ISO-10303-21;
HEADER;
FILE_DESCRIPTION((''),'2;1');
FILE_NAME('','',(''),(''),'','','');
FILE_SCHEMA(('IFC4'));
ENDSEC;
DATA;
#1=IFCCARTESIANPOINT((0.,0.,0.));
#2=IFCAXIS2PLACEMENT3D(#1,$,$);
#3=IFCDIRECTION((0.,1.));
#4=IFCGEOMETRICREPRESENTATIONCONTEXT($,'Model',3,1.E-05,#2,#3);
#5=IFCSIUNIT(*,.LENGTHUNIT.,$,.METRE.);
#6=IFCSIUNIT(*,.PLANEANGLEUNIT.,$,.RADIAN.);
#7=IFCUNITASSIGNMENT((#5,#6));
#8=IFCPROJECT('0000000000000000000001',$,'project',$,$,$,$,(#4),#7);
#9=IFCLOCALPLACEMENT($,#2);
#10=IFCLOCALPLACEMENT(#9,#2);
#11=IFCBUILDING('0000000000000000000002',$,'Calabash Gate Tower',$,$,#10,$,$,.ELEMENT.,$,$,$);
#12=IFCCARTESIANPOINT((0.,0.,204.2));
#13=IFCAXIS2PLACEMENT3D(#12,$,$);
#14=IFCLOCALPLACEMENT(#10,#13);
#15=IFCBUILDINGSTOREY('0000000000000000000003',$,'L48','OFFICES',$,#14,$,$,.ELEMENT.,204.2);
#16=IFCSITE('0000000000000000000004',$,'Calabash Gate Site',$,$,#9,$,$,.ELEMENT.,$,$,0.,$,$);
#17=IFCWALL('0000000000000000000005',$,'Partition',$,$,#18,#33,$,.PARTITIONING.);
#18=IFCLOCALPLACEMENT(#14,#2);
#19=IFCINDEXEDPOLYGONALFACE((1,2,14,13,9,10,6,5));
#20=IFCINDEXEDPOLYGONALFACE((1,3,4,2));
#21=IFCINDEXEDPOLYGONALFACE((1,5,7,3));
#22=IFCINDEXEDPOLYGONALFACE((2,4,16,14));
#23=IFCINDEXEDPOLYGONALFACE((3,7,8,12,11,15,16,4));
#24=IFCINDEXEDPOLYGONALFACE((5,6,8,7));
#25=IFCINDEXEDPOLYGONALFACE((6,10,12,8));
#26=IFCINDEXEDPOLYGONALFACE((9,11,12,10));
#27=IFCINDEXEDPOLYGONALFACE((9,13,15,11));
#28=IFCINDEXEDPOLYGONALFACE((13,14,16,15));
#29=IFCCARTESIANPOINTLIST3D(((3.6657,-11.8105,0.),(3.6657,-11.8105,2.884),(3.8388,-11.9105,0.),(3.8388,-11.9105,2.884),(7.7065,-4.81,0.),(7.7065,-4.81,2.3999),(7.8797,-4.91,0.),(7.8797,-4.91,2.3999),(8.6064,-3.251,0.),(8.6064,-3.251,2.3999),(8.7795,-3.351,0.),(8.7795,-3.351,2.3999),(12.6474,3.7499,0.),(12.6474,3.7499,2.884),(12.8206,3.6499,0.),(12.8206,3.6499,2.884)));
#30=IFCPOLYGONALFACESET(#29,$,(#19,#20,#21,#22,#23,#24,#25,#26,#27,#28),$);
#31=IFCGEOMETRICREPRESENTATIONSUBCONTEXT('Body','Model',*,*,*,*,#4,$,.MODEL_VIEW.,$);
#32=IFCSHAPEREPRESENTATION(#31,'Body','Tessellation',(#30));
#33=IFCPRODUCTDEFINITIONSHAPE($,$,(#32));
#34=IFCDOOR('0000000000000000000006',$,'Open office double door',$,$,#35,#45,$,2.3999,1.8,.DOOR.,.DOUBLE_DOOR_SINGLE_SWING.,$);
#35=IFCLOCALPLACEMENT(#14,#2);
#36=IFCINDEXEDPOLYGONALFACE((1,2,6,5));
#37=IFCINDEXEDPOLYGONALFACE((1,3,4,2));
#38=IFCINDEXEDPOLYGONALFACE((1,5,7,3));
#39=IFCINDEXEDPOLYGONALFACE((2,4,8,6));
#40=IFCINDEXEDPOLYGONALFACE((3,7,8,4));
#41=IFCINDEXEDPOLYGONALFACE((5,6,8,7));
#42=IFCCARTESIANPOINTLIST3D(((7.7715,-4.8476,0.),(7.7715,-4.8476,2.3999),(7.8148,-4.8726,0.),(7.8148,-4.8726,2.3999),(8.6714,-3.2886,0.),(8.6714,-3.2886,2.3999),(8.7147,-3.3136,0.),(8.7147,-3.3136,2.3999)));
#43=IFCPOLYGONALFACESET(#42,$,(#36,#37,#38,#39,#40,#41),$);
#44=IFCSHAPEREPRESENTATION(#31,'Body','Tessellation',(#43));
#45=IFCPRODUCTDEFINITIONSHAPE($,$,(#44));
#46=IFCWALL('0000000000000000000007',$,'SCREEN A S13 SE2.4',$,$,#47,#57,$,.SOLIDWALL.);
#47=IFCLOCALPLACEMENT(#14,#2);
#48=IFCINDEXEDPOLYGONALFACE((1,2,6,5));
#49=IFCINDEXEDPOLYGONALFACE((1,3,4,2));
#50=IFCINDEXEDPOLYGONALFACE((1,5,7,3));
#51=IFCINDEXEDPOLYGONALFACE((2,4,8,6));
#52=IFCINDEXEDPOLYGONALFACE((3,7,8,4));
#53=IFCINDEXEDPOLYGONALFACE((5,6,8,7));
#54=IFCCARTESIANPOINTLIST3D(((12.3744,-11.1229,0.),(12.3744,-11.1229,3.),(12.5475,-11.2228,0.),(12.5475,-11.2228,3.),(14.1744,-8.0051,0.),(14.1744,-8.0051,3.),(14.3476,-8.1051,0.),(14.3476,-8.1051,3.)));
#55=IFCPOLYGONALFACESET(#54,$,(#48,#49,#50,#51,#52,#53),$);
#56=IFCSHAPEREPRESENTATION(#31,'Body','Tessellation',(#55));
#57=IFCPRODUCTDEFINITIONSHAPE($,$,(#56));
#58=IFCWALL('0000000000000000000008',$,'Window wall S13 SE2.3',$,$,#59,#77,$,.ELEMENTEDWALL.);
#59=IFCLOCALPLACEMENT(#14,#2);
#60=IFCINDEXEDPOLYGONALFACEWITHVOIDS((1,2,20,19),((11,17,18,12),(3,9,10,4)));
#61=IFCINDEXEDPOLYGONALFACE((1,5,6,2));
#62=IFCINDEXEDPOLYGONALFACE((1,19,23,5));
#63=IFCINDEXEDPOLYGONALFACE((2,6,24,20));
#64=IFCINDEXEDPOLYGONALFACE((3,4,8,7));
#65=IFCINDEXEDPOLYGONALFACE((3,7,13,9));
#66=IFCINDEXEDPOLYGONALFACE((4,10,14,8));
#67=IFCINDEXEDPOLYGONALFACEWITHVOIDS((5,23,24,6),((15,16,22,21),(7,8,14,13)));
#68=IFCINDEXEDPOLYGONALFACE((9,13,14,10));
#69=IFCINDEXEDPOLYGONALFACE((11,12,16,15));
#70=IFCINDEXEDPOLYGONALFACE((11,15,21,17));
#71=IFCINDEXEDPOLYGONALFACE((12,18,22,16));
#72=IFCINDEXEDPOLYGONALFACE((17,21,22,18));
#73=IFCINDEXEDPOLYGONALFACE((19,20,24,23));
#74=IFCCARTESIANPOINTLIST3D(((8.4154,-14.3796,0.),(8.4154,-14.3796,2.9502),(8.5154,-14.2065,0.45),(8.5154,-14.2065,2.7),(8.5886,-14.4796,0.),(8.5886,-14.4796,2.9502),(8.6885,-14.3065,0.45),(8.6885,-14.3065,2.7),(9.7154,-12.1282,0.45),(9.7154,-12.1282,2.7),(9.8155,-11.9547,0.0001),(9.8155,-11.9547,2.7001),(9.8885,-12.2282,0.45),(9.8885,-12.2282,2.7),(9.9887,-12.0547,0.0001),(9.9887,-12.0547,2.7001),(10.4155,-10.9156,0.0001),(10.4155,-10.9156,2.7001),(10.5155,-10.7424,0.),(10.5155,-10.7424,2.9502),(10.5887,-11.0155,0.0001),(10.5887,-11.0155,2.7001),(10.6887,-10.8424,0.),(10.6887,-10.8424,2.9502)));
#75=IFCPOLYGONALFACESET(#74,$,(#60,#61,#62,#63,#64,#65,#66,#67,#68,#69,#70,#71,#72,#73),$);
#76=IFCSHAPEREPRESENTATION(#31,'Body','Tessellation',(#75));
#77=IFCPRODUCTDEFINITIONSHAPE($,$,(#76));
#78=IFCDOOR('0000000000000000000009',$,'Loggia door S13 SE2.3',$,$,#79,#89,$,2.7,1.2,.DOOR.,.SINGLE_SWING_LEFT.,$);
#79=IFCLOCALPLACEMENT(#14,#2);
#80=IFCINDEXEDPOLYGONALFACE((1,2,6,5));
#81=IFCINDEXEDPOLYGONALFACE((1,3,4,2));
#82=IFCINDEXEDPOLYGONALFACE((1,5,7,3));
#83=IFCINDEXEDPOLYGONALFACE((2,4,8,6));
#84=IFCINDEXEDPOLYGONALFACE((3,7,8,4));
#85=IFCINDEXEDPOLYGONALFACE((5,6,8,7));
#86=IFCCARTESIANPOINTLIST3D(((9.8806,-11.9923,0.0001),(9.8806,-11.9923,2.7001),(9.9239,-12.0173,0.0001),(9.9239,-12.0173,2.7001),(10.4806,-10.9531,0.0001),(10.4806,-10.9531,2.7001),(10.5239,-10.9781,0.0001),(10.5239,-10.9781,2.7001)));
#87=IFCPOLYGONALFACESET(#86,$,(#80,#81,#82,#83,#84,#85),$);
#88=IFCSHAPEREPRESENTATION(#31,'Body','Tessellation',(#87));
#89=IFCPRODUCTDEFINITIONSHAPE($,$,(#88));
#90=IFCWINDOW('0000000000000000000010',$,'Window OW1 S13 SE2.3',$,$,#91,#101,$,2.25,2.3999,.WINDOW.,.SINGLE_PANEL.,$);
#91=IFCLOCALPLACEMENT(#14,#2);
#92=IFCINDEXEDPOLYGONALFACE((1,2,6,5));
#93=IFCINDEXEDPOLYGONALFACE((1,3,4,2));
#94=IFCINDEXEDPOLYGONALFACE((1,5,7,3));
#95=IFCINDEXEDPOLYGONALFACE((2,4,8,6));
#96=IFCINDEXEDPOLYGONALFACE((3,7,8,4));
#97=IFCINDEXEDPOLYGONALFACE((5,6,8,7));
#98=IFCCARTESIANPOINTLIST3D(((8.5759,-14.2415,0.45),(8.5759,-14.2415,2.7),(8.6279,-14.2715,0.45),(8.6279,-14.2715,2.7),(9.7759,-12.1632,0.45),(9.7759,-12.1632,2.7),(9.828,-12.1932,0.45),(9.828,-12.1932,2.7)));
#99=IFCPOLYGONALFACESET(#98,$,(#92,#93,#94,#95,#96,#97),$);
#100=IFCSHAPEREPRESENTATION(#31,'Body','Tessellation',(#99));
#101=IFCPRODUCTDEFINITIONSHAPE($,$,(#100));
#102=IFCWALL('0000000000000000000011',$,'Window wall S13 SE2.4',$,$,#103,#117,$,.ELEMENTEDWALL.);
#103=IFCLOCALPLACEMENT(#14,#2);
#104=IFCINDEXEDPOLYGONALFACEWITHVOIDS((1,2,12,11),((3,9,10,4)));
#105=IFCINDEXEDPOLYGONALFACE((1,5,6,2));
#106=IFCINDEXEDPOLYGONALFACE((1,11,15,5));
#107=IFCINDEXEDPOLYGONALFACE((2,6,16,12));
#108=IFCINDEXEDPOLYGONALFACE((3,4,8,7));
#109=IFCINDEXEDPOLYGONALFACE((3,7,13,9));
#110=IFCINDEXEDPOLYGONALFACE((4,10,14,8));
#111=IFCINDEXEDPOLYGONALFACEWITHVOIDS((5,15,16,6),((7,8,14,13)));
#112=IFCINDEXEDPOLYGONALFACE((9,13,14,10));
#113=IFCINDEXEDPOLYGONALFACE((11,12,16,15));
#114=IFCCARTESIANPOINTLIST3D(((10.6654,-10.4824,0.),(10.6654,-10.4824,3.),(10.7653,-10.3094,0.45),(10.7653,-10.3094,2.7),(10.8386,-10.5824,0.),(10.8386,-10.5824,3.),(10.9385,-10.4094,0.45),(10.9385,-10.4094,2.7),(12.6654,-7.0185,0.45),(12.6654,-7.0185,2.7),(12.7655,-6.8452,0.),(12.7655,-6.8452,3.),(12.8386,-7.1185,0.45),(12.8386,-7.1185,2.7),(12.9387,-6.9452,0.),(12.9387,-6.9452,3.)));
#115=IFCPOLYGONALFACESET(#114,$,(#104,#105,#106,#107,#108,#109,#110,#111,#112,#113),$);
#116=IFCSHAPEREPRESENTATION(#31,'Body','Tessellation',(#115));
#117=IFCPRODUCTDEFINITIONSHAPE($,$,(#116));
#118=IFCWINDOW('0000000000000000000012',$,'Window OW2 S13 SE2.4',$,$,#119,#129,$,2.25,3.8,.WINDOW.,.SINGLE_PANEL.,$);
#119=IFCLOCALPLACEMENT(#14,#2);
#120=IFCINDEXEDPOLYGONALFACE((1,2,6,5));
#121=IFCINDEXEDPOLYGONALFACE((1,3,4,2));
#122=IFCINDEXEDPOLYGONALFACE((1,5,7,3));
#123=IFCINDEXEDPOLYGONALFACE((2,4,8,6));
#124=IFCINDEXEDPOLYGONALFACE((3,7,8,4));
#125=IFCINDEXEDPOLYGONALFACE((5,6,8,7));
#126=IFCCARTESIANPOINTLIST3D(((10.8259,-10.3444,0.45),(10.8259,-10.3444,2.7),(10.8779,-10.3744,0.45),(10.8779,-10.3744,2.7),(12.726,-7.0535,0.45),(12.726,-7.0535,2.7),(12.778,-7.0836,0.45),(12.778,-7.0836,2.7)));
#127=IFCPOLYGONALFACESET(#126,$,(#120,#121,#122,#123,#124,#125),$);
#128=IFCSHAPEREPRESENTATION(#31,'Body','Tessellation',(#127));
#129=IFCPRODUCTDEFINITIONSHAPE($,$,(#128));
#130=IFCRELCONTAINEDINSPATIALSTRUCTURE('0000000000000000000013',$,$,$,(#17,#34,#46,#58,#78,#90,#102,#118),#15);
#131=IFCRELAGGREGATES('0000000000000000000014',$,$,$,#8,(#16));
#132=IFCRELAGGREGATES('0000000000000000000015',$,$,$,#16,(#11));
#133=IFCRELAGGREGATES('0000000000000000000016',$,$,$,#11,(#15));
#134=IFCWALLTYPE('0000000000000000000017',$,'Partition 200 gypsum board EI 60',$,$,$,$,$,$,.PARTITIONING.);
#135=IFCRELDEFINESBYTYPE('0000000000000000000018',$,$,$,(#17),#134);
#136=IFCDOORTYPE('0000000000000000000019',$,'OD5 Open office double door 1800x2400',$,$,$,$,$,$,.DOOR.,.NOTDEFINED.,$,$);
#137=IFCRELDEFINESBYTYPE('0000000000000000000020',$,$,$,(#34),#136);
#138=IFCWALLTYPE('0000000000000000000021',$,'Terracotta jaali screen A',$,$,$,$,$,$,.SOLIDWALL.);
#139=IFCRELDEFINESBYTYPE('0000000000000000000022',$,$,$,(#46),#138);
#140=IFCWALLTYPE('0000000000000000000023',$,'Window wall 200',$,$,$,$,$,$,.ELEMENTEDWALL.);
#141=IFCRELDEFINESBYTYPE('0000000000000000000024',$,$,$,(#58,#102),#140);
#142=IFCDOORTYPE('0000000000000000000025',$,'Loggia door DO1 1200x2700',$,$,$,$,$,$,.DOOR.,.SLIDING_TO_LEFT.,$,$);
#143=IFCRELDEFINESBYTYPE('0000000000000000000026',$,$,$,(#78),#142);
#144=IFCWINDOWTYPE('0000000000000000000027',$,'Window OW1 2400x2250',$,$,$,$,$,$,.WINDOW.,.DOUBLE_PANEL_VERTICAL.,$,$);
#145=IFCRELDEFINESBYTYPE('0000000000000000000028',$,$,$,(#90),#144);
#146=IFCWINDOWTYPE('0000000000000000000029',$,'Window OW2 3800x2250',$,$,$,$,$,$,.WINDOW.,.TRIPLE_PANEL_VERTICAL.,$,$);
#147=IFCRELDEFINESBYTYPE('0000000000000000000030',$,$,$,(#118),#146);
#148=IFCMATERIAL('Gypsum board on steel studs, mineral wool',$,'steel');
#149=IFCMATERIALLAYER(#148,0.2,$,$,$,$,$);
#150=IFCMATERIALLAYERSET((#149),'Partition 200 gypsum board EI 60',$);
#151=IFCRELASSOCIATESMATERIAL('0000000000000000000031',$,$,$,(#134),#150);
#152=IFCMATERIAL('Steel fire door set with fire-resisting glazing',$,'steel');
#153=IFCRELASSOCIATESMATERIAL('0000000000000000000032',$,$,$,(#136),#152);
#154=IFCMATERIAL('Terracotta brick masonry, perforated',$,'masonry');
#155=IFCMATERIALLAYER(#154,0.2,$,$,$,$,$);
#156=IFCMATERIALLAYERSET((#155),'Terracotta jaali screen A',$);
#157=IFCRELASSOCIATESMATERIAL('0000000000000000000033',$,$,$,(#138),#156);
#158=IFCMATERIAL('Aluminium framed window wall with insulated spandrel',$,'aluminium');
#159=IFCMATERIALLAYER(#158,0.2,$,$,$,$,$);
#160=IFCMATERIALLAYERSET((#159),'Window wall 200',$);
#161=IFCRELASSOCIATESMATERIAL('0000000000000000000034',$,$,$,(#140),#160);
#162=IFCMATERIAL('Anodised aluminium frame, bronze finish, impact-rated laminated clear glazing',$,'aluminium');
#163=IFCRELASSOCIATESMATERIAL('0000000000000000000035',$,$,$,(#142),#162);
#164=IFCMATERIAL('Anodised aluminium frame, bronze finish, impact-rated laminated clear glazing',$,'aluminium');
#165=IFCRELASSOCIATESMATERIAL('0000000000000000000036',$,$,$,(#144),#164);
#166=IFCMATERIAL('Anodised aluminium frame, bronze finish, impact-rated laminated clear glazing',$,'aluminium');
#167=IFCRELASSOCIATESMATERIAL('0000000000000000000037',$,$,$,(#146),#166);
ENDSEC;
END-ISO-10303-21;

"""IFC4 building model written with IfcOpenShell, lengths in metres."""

from ifc_helpers import new_model, si_unit, direction, frame, frame_2d, origin, place, context, subcontext, project, spatial, rectangle, extrude, material, layer, layer_set, type_object, element, fill, save


model = new_model("IFC4")

# Units and contexts
model_context = context("Model", 3, precision=1e-05, world=origin(), true_north=direction((0.0, 1.0)))
body_context = subcontext(model_context, "Body", "Model", "MODEL_VIEW")
ifc_project = project(units=[si_unit("LENGTHUNIT", "METRE"), si_unit("PLANEANGLEUNIT", "RADIAN")], contexts=[model_context])

# Site, building, storey
site_placement = place(None, origin())
site = spatial("IfcSite", under=ifc_project, at=site_placement, Name="Calabash Gate Site", CompositionType="ELEMENT", RefElevation=0.0)
building_placement = place(site_placement, origin())
building = spatial("IfcBuilding", under=site, at=building_placement, Name="Calabash Gate Tower", CompositionType="ELEMENT")
storey_placement = place(building_placement, frame((0.0, 0.0, 204.2)))
storey = spatial("IfcBuildingStorey", under=building, at=storey_placement, Name="L48", Description="OFFICES", CompositionType="ELEMENT", Elevation=204.2)

# Shared definitions
ifc_material_1 = material(Name="Gypsum board on steel studs, mineral wool", Category="steel")
ifc_layer_1 = layer(ifc_material_1, 0.2)
ifc_layer_set_1 = layer_set([ifc_layer_1], Name="Partition 200 gypsum board EI 60")
wall_type_1 = type_object("IfcWallType", Name="Partition 200 gypsum board EI 60", PredefinedType="PARTITIONING", material=ifc_layer_set_1)

# Wall, opening, door
wall_1_placement = place(storey_placement, frame((3.7522, -11.8606, 0.0), z_axis=(0.0, 0.0, 1.0), x_axis=(0.499914, 0.866075, 0.0)))
wall_1 = element("IfcWall", 1, at=wall_1_placement, inside=storey, type_object=wall_type_1, Name="Partition", PredefinedType="PARTITIONING", context=body_context, shape_type="SweptSolid", body=[
    extrude(rectangle(XDim=17.9666, YDim=0.2, at=frame_2d((8.9834, 0.0))), origin(), (0.0, 0.0, 1.0), 2.884),
])
opening_1_placement = place(wall_1_placement, frame((8.0833, 0.0, 0.0)))
opening_1 = element("IfcOpeningElement", 2, at=opening_1_placement, cuts=wall_1, PredefinedType="OPENING", context=body_context, shape_type="SweptSolid", body=[
    extrude(rectangle(XDim=1.8, YDim=2.3999, at=frame_2d((0.8999, 1.2))), frame((0.0, 0.1099, 0.0), z_axis=(0.0, -1.0, 0.0), x_axis=(1.0, 0.0, 0.0)), (0.0, 0.0, 1.0), 0.22),
])
ifc_material_2 = material(Name="Steel fire door set with fire-resisting glazing", Category="steel")
door_type_1 = type_object("IfcDoorType", Name="OD5 Open office double door 1800x2400", OperationType="NOTDEFINED", PredefinedType="DOOR", material=ifc_material_2)
door_1_placement = place(opening_1_placement, origin())
door_1 = element("IfcDoor", 3, at=door_1_placement, inside=storey, type_object=door_type_1, Name="Open office double door", OperationType="DOUBLE_DOOR_SINGLE_SWING", OverallHeight=2.3999, OverallWidth=1.8, PredefinedType="DOOR", context=body_context, shape_type="SweptSolid", body=[
    extrude(rectangle(XDim=1.8, YDim=2.3999, at=frame_2d((0.8999, 1.2))), frame((0.0, 0.0249, 0.0), z_axis=(0.0, -1.0, 0.0), x_axis=(1.0, 0.0, 0.0)), (0.0, 0.0, 1.0), 0.05),
])
fill(opening_1, door_1)

# Wall
ifc_material_3 = material(Name="Terracotta brick masonry, perforated", Category="masonry")
ifc_layer_2 = layer(ifc_material_3, 0.2)
ifc_layer_set_2 = layer_set([ifc_layer_2], Name="Terracotta jaali screen A")
wall_type_2 = type_object("IfcWallType", Name="Terracotta jaali screen A", PredefinedType="SOLIDWALL", material=ifc_layer_set_2)
wall_2_placement = place(storey_placement, frame((12.4609, -11.1729, 0.0), z_axis=(0.0, 0.0, 1.0), x_axis=(0.500012, 0.866018, 0.0)))
element("IfcWall", 4, at=wall_2_placement, inside=storey, type_object=wall_type_2, Name="SCREEN A S13 SE2.4", PredefinedType="SOLIDWALL", context=body_context, shape_type="SweptSolid", body=[
    extrude(rectangle(XDim=3.6001, YDim=0.2, at=frame_2d((1.8, 0.0))), origin(), (0.0, 0.0, 1.0), 3.0),
])

# Wall, openings, door, window
ifc_material_4 = material(Name="Aluminium framed window wall with insulated spandrel", Category="aluminium")
ifc_layer_3 = layer(ifc_material_4, 0.2)
ifc_layer_set_3 = layer_set([ifc_layer_3], Name="Window wall 200")
wall_type_3 = type_object("IfcWallType", Name="Window wall 200", PredefinedType="ELEMENTEDWALL", material=ifc_layer_set_3)
wall_3_placement = place(storey_placement, frame((8.502, -14.4297, 0.0), z_axis=(0.0, 0.0, 1.0), x_axis=(0.500028, 0.866009, 0.0)))
wall_3 = element("IfcWall", 5, at=wall_3_placement, inside=storey, type_object=wall_type_3, Name="Window wall S13 SE2.3", PredefinedType="ELEMENTEDWALL", context=body_context, shape_type="SweptSolid", body=[
    extrude(rectangle(XDim=4.2, YDim=0.2, at=frame_2d((2.1001, 0.0))), origin(), (0.0, 0.0, 1.0), 2.9502),
])
opening_2_placement = place(wall_3_placement, frame((0.2, 0.0, 0.45)))
opening_2 = element("IfcOpeningElement", 6, at=opening_2_placement, cuts=wall_3, PredefinedType="OPENING", context=body_context, shape_type="SweptSolid", body=[
    extrude(rectangle(XDim=2.3999, YDim=2.25, at=frame_2d((1.2, 1.125))), frame((0.0, 0.1099, 0.0), z_axis=(0.0, -1.0, 0.0), x_axis=(1.0, 0.0, 0.0)), (0.0, 0.0, 1.0), 0.22),
])
opening_3_placement = place(wall_3_placement, frame((2.8, 0.0, 0.0)))
opening_3 = element("IfcOpeningElement", 7, at=opening_3_placement, cuts=wall_3, PredefinedType="OPENING", context=body_context, shape_type="SweptSolid", body=[
    extrude(rectangle(XDim=1.2, YDim=2.7, at=frame_2d((0.6001, 1.3501))), frame((0.0, 0.1099, 0.0), z_axis=(0.0, -1.0, 0.0), x_axis=(1.0, 0.0, 0.0)), (0.0, 0.0, 1.0), 0.22),
])
ifc_material_5 = material(Name="Anodised aluminium frame, bronze finish, impact-rated laminated clear glazing", Category="aluminium")
door_type_2 = type_object("IfcDoorType", Name="Loggia door DO1 1200x2700", OperationType="SLIDING_TO_LEFT", PredefinedType="DOOR", material=ifc_material_5)
door_2_placement = place(opening_3_placement, origin())
door_2 = element("IfcDoor", 8, at=door_2_placement, inside=storey, type_object=door_type_2, Name="Loggia door S13 SE2.3", OperationType="SINGLE_SWING_LEFT", OverallHeight=2.7, OverallWidth=1.2, PredefinedType="DOOR", context=body_context, shape_type="SweptSolid", body=[
    extrude(rectangle(XDim=1.2, YDim=2.7, at=frame_2d((0.6001, 1.3501))), frame((0.0, 0.0249, 0.0), z_axis=(0.0, -1.0, 0.0), x_axis=(1.0, 0.0, 0.0)), (0.0, 0.0, 1.0), 0.05),
])
fill(opening_3, door_2)
ifc_material_6 = material(Name="Anodised aluminium frame, bronze finish, impact-rated laminated clear glazing", Category="aluminium")
window_type_1 = type_object("IfcWindowType", Name="Window OW1 2400x2250", PartitioningType="DOUBLE_PANEL_VERTICAL", PredefinedType="WINDOW", material=ifc_material_6)
window_1_placement = place(opening_2_placement, origin())
window_1 = element("IfcWindow", 9, at=window_1_placement, inside=storey, type_object=window_type_1, Name="Window OW1 S13 SE2.3", OverallHeight=2.25, OverallWidth=2.3999, PartitioningType="SINGLE_PANEL", PredefinedType="WINDOW", context=body_context, shape_type="SweptSolid", body=[
    extrude(rectangle(XDim=2.3999, YDim=2.25, at=frame_2d((1.2, 1.125))), frame((0.0, 0.03, 0.0), z_axis=(0.0, -1.0, 0.0), x_axis=(1.0, 0.0, 0.0)), (0.0, 0.0, 1.0), 0.0601),
])
fill(opening_2, window_1)

# Wall, opening, window
wall_4_placement = place(storey_placement, frame((10.752, -10.5325, 0.0), z_axis=(0.0, 0.0, 1.0), x_axis=(0.500028, 0.866009, 0.0)))
wall_4 = element("IfcWall", 10, at=wall_4_placement, inside=storey, type_object=wall_type_3, Name="Window wall S13 SE2.4", PredefinedType="ELEMENTEDWALL", context=body_context, shape_type="SweptSolid", body=[
    extrude(rectangle(XDim=4.2, YDim=0.2, at=frame_2d((2.1001, 0.0))), origin(), (0.0, 0.0, 1.0), 3.0),
])
opening_4_placement = place(wall_4_placement, frame((0.2, 0.0, 0.45)))
opening_4 = element("IfcOpeningElement", 11, at=opening_4_placement, cuts=wall_4, PredefinedType="OPENING", context=body_context, shape_type="SweptSolid", body=[
    extrude(rectangle(XDim=3.8, YDim=2.25, at=frame_2d((1.8999, 1.125))), frame((0.0, 0.1099, 0.0), z_axis=(0.0, -1.0, 0.0), x_axis=(1.0, 0.0, 0.0)), (0.0, 0.0, 1.0), 0.22),
])
ifc_material_7 = material(Name="Anodised aluminium frame, bronze finish, impact-rated laminated clear glazing", Category="aluminium")
window_type_2 = type_object("IfcWindowType", Name="Window OW2 3800x2250", PartitioningType="TRIPLE_PANEL_VERTICAL", PredefinedType="WINDOW", material=ifc_material_7)
window_2_placement = place(opening_4_placement, origin())
window_2 = element("IfcWindow", 12, at=window_2_placement, inside=storey, type_object=window_type_2, Name="Window OW2 S13 SE2.4", OverallHeight=2.25, OverallWidth=3.8, PartitioningType="SINGLE_PANEL", PredefinedType="WINDOW", context=body_context, shape_type="SweptSolid", body=[
    extrude(rectangle(XDim=3.8, YDim=2.25, at=frame_2d((1.8999, 1.125))), frame((0.0, 0.03, 0.0), z_axis=(0.0, -1.0, 0.0), x_axis=(1.0, 0.0, 0.0)), (0.0, 0.0, 1.0), 0.0601),
])
fill(opening_4, window_2)

save(model, "model.ifc")
